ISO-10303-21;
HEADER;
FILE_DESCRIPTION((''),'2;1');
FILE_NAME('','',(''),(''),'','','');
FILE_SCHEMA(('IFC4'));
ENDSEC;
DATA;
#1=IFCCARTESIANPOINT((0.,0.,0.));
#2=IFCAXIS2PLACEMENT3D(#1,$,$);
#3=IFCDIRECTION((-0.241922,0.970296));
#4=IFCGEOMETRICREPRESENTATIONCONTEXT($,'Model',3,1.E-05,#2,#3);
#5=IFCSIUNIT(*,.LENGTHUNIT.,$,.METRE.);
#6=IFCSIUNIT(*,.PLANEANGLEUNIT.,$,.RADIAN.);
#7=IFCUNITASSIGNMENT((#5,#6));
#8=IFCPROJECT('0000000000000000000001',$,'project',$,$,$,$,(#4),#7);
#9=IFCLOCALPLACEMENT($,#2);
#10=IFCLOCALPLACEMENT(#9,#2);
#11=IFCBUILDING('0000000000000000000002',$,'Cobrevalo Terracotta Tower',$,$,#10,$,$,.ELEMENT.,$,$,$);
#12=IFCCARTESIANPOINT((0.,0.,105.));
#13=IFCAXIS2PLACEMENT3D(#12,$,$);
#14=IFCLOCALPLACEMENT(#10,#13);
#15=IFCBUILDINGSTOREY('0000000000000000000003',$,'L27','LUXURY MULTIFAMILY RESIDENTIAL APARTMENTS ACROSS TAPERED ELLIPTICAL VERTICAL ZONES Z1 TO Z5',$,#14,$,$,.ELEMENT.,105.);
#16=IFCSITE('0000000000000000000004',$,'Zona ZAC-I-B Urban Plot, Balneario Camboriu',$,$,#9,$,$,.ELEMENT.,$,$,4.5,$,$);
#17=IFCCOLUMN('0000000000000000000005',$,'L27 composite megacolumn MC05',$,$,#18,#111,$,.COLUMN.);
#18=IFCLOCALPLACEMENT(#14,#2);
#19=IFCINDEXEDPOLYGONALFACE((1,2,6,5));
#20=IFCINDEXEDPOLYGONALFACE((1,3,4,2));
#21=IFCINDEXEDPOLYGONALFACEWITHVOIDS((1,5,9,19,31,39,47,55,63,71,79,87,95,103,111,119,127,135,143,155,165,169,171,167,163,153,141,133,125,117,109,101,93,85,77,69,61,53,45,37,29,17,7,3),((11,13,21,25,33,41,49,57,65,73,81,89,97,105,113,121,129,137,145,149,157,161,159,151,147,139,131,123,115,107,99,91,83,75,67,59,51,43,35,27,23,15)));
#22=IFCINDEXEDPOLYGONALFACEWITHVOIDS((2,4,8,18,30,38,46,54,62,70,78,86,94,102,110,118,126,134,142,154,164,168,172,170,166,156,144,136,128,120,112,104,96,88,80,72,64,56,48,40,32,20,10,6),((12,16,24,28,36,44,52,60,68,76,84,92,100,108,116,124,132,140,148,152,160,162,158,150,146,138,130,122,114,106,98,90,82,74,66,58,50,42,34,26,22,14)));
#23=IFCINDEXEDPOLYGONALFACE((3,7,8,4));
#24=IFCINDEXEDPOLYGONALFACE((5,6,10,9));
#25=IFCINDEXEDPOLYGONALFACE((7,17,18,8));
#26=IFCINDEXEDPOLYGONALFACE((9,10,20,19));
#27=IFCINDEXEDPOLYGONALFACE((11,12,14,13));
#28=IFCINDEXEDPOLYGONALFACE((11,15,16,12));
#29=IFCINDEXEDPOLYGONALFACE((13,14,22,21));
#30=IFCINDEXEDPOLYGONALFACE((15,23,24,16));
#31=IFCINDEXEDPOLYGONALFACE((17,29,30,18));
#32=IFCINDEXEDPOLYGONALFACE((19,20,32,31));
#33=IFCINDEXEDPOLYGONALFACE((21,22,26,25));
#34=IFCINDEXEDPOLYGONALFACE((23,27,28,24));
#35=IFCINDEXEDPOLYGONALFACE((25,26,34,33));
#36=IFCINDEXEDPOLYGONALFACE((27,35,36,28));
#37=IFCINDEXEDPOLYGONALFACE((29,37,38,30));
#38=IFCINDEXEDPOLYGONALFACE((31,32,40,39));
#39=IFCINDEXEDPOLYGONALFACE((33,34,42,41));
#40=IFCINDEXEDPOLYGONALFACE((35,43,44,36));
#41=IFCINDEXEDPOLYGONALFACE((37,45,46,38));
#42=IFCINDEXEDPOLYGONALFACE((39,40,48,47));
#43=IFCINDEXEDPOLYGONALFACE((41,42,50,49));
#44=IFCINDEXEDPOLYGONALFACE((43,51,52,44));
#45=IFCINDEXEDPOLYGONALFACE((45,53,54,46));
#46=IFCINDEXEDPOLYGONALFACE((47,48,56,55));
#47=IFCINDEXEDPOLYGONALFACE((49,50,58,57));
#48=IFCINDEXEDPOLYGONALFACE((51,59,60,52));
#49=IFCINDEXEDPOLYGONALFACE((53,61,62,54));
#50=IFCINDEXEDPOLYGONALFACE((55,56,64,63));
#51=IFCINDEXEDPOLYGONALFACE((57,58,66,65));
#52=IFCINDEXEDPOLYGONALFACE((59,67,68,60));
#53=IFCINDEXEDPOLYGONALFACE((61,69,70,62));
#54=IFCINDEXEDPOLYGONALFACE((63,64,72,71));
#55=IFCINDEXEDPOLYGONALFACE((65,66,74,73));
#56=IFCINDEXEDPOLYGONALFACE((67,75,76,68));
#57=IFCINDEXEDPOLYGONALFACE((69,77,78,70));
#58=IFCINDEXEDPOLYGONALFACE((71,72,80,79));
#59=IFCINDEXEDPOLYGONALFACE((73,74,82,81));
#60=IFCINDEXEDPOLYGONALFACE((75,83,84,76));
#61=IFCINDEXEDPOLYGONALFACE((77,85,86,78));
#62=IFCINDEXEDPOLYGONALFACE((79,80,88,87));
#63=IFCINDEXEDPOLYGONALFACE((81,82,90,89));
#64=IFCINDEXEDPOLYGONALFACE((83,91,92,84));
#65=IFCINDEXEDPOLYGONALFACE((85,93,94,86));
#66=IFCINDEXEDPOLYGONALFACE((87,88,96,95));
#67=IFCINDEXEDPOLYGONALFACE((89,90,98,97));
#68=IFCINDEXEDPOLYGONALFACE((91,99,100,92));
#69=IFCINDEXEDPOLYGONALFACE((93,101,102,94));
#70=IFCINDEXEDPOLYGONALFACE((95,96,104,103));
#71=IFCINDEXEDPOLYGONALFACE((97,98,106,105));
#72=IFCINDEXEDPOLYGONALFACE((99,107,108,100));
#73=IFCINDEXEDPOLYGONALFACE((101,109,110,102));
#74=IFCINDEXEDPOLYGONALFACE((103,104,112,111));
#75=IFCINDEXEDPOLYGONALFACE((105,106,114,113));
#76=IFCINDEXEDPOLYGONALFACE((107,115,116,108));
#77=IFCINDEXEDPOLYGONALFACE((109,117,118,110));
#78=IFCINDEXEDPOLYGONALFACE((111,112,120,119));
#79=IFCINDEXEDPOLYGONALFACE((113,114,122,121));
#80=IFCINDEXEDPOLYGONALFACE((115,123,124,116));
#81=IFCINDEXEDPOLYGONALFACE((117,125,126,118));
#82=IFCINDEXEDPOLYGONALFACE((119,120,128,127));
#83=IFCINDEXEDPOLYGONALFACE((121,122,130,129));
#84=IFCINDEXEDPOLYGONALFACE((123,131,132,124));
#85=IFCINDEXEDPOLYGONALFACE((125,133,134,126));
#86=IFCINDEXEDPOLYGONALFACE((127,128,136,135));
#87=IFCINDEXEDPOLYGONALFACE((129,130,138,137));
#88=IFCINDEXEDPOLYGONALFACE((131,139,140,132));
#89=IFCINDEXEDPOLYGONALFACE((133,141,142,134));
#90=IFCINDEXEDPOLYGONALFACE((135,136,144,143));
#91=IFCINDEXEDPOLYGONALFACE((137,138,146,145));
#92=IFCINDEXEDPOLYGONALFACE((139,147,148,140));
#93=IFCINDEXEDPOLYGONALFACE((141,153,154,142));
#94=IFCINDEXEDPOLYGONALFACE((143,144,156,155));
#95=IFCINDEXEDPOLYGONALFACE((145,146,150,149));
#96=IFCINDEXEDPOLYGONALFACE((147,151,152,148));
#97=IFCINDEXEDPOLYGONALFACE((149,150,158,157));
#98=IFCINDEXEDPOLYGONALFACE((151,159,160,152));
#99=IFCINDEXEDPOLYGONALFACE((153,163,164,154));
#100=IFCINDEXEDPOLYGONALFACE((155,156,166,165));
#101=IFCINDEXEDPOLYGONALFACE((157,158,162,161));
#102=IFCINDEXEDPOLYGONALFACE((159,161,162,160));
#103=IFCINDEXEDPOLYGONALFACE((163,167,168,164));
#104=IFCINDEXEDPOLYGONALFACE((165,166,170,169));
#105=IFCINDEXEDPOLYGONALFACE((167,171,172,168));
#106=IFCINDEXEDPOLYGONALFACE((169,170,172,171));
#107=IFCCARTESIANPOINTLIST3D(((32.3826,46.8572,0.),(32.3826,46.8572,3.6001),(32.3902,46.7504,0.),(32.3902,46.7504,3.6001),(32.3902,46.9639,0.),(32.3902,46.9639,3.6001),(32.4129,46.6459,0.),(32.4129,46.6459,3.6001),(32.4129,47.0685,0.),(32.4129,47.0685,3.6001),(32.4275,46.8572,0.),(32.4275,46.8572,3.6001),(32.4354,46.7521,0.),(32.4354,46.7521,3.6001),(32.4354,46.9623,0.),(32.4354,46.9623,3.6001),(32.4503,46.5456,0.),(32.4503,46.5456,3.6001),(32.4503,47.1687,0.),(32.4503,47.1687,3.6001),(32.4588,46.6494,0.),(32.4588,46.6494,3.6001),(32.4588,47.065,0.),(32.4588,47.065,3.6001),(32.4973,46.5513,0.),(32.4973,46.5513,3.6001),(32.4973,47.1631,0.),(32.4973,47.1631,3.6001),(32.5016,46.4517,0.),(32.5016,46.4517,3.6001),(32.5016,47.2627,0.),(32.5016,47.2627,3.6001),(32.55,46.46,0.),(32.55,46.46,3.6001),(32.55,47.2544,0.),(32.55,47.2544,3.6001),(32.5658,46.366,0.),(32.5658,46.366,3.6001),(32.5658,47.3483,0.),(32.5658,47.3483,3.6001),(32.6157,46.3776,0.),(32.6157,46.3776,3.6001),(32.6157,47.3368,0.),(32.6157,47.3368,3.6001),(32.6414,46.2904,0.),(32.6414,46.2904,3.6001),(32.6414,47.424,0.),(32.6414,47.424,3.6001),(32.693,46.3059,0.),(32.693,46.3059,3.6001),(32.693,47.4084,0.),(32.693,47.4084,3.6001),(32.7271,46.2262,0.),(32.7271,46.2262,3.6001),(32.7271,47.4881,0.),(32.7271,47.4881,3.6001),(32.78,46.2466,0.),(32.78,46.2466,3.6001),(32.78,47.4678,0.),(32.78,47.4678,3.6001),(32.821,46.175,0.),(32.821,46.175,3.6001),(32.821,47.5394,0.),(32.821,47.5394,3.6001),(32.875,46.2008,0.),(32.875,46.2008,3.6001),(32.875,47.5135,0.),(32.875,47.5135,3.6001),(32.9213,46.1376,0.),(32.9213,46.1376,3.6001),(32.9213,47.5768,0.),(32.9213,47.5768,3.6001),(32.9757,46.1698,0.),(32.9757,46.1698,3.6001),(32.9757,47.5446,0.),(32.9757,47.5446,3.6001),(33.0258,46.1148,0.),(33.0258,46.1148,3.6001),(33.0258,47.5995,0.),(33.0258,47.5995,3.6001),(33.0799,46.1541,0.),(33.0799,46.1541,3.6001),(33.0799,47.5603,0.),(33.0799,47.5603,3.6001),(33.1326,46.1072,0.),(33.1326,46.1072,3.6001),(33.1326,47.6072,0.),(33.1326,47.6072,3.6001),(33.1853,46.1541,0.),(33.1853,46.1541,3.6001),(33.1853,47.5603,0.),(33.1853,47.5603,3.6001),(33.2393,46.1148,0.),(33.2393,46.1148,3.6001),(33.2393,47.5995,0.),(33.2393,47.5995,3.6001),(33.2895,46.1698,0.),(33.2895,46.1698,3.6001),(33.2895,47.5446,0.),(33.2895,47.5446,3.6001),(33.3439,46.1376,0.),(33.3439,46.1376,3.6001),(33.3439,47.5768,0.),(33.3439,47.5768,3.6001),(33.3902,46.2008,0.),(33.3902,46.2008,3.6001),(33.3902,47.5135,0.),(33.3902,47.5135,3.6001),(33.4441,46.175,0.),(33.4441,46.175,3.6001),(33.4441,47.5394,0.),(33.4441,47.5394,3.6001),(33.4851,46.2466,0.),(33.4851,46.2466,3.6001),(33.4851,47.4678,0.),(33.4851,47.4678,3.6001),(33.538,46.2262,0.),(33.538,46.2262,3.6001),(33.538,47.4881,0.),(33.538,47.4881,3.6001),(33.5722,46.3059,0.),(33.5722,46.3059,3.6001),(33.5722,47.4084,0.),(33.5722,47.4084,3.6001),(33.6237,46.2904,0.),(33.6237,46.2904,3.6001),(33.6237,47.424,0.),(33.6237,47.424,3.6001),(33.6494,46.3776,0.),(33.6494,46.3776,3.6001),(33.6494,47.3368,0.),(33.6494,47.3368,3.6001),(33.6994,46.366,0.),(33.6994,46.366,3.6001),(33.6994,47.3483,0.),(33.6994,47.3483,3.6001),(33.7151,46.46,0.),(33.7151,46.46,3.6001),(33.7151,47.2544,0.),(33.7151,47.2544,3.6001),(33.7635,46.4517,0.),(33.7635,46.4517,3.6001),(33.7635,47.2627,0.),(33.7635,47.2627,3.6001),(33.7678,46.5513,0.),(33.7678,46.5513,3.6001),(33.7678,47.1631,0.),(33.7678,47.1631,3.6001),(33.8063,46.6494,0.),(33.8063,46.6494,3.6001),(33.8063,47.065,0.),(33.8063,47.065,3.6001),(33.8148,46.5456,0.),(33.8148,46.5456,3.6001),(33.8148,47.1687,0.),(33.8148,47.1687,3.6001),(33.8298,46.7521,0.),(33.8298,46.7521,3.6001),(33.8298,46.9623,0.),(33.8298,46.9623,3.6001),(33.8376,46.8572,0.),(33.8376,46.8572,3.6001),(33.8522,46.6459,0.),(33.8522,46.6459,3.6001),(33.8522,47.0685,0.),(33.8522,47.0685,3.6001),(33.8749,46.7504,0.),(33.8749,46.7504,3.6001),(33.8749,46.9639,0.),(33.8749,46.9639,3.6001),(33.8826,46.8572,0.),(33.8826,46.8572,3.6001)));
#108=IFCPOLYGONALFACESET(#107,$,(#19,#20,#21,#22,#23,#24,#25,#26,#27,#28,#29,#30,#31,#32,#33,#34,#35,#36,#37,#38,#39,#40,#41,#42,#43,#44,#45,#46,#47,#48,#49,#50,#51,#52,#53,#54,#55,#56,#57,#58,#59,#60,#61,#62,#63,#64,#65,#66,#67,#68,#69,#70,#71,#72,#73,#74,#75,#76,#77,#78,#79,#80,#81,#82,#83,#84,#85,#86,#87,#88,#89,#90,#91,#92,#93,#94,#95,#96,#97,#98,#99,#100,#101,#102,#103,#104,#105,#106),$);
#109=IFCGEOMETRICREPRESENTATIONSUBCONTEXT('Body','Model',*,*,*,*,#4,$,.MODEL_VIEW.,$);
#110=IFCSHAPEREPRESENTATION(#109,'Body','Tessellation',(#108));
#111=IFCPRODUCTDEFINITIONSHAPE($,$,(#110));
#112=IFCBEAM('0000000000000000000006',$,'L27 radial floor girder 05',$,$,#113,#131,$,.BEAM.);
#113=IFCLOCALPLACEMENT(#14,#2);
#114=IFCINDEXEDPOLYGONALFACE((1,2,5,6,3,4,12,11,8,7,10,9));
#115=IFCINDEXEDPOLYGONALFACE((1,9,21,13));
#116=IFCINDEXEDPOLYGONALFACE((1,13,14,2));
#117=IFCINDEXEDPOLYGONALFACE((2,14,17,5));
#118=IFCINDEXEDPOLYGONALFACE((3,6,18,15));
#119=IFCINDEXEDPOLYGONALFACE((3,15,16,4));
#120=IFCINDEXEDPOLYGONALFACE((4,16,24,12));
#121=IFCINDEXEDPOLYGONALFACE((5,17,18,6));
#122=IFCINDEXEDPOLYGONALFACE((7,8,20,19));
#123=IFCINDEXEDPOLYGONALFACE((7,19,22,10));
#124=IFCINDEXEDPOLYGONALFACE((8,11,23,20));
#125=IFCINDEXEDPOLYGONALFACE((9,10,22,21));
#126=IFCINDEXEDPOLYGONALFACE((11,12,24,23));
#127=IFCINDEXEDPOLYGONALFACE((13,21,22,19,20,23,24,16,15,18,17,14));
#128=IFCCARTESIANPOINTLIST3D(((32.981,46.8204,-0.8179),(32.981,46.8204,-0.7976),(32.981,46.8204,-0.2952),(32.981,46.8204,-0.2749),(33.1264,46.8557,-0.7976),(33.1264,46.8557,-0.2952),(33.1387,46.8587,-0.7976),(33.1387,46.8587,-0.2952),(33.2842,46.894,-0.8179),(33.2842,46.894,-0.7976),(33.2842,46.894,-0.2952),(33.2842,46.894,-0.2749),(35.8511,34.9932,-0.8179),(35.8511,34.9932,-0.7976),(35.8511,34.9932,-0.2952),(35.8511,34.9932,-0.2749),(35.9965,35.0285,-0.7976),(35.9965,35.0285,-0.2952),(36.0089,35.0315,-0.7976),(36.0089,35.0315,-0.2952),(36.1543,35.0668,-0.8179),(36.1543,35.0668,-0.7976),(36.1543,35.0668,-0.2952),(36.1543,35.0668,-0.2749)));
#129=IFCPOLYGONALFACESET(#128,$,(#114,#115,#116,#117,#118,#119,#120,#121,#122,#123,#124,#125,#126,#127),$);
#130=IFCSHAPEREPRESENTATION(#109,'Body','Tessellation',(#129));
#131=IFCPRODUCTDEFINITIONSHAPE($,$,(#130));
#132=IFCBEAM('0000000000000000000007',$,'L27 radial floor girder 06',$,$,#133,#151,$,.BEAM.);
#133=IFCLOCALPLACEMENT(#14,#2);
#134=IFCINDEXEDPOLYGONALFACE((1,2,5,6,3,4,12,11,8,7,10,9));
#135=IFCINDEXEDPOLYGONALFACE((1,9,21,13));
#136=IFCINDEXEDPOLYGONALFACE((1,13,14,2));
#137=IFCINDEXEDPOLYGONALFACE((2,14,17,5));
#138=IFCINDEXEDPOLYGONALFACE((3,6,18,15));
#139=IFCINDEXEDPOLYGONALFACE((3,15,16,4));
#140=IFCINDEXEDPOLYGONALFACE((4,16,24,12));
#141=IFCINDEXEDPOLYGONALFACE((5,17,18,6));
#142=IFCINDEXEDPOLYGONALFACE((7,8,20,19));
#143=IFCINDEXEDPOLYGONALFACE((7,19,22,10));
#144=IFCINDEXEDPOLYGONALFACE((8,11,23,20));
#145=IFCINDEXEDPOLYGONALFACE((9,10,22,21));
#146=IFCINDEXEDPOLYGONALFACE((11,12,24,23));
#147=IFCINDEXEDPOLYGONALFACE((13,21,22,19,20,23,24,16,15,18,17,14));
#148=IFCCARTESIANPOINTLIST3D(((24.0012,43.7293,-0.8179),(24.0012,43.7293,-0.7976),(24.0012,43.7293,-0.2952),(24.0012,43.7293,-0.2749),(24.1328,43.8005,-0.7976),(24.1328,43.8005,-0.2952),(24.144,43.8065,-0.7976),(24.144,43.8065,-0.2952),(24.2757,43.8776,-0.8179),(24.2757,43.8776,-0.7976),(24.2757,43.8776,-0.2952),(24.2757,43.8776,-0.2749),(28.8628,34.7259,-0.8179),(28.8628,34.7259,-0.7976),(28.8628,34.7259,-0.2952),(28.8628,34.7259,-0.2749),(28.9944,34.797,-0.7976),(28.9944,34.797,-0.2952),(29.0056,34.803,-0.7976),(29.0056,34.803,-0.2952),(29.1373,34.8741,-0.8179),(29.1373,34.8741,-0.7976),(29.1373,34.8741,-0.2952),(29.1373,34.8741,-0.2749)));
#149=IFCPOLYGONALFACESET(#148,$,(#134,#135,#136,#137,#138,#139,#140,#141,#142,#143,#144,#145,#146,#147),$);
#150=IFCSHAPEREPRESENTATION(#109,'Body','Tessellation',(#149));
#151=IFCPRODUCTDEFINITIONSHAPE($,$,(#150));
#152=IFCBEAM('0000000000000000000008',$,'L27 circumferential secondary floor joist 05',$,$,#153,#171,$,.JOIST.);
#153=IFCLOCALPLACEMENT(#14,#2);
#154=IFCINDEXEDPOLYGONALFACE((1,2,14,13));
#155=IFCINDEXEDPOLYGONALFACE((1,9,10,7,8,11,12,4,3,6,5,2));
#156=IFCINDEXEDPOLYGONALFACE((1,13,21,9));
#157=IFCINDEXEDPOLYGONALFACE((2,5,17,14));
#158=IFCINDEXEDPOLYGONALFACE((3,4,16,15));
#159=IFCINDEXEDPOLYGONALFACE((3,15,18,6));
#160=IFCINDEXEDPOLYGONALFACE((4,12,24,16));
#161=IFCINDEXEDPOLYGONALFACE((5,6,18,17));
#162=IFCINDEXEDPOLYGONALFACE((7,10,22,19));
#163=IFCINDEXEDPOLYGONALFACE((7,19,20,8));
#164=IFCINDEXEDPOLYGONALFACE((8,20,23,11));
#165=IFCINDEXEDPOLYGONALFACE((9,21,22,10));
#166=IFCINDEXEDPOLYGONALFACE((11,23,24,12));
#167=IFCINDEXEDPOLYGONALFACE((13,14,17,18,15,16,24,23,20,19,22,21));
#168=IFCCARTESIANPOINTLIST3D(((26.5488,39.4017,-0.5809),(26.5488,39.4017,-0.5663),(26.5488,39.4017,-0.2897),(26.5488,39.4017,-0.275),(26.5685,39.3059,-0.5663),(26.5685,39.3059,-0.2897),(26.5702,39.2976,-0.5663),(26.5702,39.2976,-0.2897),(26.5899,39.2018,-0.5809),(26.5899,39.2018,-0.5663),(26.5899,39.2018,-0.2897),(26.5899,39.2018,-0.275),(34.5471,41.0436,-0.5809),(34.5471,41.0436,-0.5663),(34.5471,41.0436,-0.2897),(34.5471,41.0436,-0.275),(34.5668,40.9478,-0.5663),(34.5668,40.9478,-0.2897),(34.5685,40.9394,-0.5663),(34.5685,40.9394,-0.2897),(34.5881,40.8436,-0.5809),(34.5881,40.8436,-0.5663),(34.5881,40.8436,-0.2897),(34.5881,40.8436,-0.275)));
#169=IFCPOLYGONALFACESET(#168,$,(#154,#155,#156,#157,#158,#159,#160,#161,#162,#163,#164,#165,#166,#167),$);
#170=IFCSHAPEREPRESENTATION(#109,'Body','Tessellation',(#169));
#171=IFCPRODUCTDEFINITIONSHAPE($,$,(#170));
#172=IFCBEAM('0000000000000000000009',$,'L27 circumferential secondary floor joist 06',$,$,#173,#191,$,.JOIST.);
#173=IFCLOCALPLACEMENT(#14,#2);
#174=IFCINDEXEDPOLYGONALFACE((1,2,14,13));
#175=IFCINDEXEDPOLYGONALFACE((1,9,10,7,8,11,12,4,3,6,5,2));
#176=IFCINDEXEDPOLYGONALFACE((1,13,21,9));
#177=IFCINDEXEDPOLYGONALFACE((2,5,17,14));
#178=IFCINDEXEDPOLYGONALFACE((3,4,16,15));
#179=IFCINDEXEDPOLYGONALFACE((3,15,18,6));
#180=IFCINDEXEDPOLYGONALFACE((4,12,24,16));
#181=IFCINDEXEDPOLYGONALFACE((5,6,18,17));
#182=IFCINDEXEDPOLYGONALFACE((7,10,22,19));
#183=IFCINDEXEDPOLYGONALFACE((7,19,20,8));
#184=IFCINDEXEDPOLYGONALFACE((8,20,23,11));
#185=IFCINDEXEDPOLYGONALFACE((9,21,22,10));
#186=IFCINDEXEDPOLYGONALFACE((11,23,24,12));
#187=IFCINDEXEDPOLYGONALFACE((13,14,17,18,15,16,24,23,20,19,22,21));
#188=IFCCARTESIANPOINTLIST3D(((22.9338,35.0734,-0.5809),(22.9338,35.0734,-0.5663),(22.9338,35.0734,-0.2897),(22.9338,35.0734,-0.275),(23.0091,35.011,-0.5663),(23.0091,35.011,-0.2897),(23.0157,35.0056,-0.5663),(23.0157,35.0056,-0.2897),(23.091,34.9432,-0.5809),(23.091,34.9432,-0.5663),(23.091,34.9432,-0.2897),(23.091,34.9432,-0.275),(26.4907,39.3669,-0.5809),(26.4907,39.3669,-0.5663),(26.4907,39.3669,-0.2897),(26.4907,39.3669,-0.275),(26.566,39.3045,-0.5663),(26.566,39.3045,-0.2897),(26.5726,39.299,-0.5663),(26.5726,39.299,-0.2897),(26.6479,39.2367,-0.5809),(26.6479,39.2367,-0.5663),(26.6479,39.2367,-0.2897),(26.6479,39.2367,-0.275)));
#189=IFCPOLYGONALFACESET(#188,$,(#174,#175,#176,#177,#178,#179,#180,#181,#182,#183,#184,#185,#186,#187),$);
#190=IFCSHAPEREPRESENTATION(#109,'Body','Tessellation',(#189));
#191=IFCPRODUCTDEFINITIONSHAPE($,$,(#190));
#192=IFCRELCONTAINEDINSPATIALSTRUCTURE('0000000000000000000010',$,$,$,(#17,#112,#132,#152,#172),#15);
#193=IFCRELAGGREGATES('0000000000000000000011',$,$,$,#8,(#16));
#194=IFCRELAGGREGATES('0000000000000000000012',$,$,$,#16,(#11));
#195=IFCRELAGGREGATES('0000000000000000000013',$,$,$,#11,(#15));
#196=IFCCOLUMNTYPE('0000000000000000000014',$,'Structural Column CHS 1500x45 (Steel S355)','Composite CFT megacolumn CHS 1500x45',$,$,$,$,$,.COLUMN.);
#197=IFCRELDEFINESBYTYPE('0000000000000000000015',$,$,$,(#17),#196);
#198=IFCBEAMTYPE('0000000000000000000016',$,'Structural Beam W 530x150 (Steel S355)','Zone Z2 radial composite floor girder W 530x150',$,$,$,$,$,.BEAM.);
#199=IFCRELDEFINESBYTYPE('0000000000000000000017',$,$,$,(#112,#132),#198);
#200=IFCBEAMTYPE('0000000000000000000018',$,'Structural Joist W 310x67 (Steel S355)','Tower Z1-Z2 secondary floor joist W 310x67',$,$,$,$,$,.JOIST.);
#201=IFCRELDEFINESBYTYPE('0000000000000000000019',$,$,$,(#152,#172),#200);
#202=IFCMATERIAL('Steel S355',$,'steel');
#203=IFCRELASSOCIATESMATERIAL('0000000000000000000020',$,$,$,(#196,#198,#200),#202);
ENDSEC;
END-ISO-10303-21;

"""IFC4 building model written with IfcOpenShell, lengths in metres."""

from ifc_helpers import new_model, si_unit, direction, frame, origin, origin_2d, place, context, subcontext, project, spatial, hollow_circle, i_section, extrude, material, material_profile, profile_set, type_object, element, save


model = new_model("IFC4")

# Units and contexts
model_context = context("Model", 3, precision=1e-05, world=origin(), true_north=direction((-0.241922, 0.970296)))
body_context = subcontext(model_context, "Body", "Model", "MODEL_VIEW")
ifc_project = project(units=[si_unit("LENGTHUNIT", "METRE"), si_unit("PLANEANGLEUNIT", "RADIAN")], contexts=[model_context])

# Site, building, storey
site_placement = place(None, origin())
site = spatial("IfcSite", under=ifc_project, at=site_placement, Name="Zona ZAC-I-B Urban Plot, Balneario Camboriu", CompositionType="ELEMENT", RefElevation=4.5)
building_placement = place(site_placement, origin())
building = spatial("IfcBuilding", under=site, at=building_placement, Name="Cobrevalo Terracotta Tower", CompositionType="ELEMENT")
storey_placement = place(building_placement, frame((0.0, 0.0, 105.0)))
storey = spatial("IfcBuildingStorey", under=building, at=storey_placement, Name="L27", Description="LUXURY MULTIFAMILY RESIDENTIAL APARTMENTS ACROSS TAPERED ELLIPTICAL VERTICAL ZONES Z1 TO Z5", CompositionType="ELEMENT", Elevation=105.0)

# Column
ifc_material_1 = material(Name="Steel S355", Category="steel")
ifc_material_profile_1 = material_profile(ifc_material_1, hollow_circle(Radius=0.75, WallThickness=0.0449, at=origin_2d()), Name="CHS 1500x45")
ifc_profile_set_1 = profile_set([ifc_material_profile_1], Name="Steel S355")
column_type = type_object("IfcColumnType", Name="Structural Column CHS 1500x45 (Steel S355)", Description="Composite CFT megacolumn CHS 1500x45", PredefinedType="COLUMN", material=ifc_profile_set_1)
column_placement = place(storey_placement, frame((33.1326, 46.8572, 0.0), z_axis=(0.0, 0.0, 1.0), x_axis=(1.0, 0.0, 0.0)))
element("IfcColumn", 1, at=column_placement, inside=storey, type_object=column_type, Name="L27 composite megacolumn MC05", PredefinedType="COLUMN", context=body_context, shape_type="SweptSolid", body=[
    extrude(hollow_circle(Radius=0.75, WallThickness=0.0449, at=origin_2d()), origin(), (0.0, 0.0, 1.0), 3.6001),
])

# Beams
ifc_material_profile_2 = material_profile(ifc_material_1, i_section(OverallWidth=0.312, OverallDepth=0.543, WebThickness=0.0127, FlangeThickness=0.0203, at=origin_2d()), Name="W 530x150")
ifc_profile_set_2 = profile_set([ifc_material_profile_2], Name="Steel S355")
beam_type_1 = type_object("IfcBeamType", Name="Structural Beam W 530x150 (Steel S355)", Description="Zone Z2 radial composite floor girder W 530x150", PredefinedType="BEAM", material=ifc_profile_set_2)
beam_1_placement = place(storey_placement, frame((33.1326, 46.8572, -0.5464), z_axis=(0.235827, -0.971795, 0.0), x_axis=(0.971795, 0.235827, 0.0)))
element("IfcBeam", 2, at=beam_1_placement, inside=storey, type_object=beam_type_1, Name="L27 radial floor girder 05", PredefinedType="BEAM", context=body_context, shape_type="SweptSolid", body=[
    extrude(i_section(OverallWidth=0.312, OverallDepth=0.543, WebThickness=0.0127, FlangeThickness=0.0203, at=origin_2d()), origin(), (0.0, 0.0, 1.0), 12.1704),
])
beam_2_placement = place(storey_placement, frame((24.1384, 43.8035, -0.5464), z_axis=(0.475128, -0.879917, 0.0), x_axis=(0.879917, 0.475128, 0.0)))
element("IfcBeam", 3, at=beam_2_placement, inside=storey, type_object=beam_type_1, Name="L27 radial floor girder 06", PredefinedType="BEAM", context=body_context, shape_type="SweptSolid", body=[
    extrude(i_section(OverallWidth=0.312, OverallDepth=0.543, WebThickness=0.0127, FlangeThickness=0.0203, at=origin_2d()), origin(), (0.0, 0.0, 1.0), 10.2322),
])
ifc_material_profile_3 = material_profile(ifc_material_1, i_section(OverallWidth=0.2041, OverallDepth=0.3059, WebThickness=0.0085, FlangeThickness=0.0146, at=origin_2d()), Name="W 310x67")
ifc_profile_set_3 = profile_set([ifc_material_profile_3], Name="Steel S355")
beam_type_2 = type_object("IfcBeamType", Name="Structural Joist W 310x67 (Steel S355)", Description="Tower Z1-Z2 secondary floor joist W 310x67", PredefinedType="JOIST", material=ifc_profile_set_3)
beam_3_placement = place(storey_placement, frame((34.5676, 40.9436, -0.428), z_axis=(-0.979574, -0.201082, 0.0), x_axis=(0.201082, -0.979574, 0.0)))
element("IfcBeam", 4, at=beam_3_placement, inside=storey, type_object=beam_type_2, Name="L27 circumferential secondary floor joist 05", PredefinedType="JOIST", context=body_context, shape_type="SweptSolid", body=[
    extrude(i_section(OverallWidth=0.2041, OverallDepth=0.3059, WebThickness=0.0085, FlangeThickness=0.0146, at=origin_2d()), origin(), (0.0, 0.0, 1.0), 8.165),
])
beam_4_placement = place(storey_placement, frame((26.5693, 39.3018, -0.428), z_axis=(-0.637959, -0.77007, 0.0), x_axis=(0.77007, -0.637959, 0.0)))
element("IfcBeam", 5, at=beam_4_placement, inside=storey, type_object=beam_type_2, Name="L27 circumferential secondary floor joist 06", PredefinedType="JOIST", context=body_context, shape_type="SweptSolid", body=[
    extrude(i_section(OverallWidth=0.2041, OverallDepth=0.3059, WebThickness=0.0085, FlangeThickness=0.0146, at=origin_2d()), origin(), (0.0, 0.0, 1.0), 5.5754),
])

save(model, "model.ifc")
